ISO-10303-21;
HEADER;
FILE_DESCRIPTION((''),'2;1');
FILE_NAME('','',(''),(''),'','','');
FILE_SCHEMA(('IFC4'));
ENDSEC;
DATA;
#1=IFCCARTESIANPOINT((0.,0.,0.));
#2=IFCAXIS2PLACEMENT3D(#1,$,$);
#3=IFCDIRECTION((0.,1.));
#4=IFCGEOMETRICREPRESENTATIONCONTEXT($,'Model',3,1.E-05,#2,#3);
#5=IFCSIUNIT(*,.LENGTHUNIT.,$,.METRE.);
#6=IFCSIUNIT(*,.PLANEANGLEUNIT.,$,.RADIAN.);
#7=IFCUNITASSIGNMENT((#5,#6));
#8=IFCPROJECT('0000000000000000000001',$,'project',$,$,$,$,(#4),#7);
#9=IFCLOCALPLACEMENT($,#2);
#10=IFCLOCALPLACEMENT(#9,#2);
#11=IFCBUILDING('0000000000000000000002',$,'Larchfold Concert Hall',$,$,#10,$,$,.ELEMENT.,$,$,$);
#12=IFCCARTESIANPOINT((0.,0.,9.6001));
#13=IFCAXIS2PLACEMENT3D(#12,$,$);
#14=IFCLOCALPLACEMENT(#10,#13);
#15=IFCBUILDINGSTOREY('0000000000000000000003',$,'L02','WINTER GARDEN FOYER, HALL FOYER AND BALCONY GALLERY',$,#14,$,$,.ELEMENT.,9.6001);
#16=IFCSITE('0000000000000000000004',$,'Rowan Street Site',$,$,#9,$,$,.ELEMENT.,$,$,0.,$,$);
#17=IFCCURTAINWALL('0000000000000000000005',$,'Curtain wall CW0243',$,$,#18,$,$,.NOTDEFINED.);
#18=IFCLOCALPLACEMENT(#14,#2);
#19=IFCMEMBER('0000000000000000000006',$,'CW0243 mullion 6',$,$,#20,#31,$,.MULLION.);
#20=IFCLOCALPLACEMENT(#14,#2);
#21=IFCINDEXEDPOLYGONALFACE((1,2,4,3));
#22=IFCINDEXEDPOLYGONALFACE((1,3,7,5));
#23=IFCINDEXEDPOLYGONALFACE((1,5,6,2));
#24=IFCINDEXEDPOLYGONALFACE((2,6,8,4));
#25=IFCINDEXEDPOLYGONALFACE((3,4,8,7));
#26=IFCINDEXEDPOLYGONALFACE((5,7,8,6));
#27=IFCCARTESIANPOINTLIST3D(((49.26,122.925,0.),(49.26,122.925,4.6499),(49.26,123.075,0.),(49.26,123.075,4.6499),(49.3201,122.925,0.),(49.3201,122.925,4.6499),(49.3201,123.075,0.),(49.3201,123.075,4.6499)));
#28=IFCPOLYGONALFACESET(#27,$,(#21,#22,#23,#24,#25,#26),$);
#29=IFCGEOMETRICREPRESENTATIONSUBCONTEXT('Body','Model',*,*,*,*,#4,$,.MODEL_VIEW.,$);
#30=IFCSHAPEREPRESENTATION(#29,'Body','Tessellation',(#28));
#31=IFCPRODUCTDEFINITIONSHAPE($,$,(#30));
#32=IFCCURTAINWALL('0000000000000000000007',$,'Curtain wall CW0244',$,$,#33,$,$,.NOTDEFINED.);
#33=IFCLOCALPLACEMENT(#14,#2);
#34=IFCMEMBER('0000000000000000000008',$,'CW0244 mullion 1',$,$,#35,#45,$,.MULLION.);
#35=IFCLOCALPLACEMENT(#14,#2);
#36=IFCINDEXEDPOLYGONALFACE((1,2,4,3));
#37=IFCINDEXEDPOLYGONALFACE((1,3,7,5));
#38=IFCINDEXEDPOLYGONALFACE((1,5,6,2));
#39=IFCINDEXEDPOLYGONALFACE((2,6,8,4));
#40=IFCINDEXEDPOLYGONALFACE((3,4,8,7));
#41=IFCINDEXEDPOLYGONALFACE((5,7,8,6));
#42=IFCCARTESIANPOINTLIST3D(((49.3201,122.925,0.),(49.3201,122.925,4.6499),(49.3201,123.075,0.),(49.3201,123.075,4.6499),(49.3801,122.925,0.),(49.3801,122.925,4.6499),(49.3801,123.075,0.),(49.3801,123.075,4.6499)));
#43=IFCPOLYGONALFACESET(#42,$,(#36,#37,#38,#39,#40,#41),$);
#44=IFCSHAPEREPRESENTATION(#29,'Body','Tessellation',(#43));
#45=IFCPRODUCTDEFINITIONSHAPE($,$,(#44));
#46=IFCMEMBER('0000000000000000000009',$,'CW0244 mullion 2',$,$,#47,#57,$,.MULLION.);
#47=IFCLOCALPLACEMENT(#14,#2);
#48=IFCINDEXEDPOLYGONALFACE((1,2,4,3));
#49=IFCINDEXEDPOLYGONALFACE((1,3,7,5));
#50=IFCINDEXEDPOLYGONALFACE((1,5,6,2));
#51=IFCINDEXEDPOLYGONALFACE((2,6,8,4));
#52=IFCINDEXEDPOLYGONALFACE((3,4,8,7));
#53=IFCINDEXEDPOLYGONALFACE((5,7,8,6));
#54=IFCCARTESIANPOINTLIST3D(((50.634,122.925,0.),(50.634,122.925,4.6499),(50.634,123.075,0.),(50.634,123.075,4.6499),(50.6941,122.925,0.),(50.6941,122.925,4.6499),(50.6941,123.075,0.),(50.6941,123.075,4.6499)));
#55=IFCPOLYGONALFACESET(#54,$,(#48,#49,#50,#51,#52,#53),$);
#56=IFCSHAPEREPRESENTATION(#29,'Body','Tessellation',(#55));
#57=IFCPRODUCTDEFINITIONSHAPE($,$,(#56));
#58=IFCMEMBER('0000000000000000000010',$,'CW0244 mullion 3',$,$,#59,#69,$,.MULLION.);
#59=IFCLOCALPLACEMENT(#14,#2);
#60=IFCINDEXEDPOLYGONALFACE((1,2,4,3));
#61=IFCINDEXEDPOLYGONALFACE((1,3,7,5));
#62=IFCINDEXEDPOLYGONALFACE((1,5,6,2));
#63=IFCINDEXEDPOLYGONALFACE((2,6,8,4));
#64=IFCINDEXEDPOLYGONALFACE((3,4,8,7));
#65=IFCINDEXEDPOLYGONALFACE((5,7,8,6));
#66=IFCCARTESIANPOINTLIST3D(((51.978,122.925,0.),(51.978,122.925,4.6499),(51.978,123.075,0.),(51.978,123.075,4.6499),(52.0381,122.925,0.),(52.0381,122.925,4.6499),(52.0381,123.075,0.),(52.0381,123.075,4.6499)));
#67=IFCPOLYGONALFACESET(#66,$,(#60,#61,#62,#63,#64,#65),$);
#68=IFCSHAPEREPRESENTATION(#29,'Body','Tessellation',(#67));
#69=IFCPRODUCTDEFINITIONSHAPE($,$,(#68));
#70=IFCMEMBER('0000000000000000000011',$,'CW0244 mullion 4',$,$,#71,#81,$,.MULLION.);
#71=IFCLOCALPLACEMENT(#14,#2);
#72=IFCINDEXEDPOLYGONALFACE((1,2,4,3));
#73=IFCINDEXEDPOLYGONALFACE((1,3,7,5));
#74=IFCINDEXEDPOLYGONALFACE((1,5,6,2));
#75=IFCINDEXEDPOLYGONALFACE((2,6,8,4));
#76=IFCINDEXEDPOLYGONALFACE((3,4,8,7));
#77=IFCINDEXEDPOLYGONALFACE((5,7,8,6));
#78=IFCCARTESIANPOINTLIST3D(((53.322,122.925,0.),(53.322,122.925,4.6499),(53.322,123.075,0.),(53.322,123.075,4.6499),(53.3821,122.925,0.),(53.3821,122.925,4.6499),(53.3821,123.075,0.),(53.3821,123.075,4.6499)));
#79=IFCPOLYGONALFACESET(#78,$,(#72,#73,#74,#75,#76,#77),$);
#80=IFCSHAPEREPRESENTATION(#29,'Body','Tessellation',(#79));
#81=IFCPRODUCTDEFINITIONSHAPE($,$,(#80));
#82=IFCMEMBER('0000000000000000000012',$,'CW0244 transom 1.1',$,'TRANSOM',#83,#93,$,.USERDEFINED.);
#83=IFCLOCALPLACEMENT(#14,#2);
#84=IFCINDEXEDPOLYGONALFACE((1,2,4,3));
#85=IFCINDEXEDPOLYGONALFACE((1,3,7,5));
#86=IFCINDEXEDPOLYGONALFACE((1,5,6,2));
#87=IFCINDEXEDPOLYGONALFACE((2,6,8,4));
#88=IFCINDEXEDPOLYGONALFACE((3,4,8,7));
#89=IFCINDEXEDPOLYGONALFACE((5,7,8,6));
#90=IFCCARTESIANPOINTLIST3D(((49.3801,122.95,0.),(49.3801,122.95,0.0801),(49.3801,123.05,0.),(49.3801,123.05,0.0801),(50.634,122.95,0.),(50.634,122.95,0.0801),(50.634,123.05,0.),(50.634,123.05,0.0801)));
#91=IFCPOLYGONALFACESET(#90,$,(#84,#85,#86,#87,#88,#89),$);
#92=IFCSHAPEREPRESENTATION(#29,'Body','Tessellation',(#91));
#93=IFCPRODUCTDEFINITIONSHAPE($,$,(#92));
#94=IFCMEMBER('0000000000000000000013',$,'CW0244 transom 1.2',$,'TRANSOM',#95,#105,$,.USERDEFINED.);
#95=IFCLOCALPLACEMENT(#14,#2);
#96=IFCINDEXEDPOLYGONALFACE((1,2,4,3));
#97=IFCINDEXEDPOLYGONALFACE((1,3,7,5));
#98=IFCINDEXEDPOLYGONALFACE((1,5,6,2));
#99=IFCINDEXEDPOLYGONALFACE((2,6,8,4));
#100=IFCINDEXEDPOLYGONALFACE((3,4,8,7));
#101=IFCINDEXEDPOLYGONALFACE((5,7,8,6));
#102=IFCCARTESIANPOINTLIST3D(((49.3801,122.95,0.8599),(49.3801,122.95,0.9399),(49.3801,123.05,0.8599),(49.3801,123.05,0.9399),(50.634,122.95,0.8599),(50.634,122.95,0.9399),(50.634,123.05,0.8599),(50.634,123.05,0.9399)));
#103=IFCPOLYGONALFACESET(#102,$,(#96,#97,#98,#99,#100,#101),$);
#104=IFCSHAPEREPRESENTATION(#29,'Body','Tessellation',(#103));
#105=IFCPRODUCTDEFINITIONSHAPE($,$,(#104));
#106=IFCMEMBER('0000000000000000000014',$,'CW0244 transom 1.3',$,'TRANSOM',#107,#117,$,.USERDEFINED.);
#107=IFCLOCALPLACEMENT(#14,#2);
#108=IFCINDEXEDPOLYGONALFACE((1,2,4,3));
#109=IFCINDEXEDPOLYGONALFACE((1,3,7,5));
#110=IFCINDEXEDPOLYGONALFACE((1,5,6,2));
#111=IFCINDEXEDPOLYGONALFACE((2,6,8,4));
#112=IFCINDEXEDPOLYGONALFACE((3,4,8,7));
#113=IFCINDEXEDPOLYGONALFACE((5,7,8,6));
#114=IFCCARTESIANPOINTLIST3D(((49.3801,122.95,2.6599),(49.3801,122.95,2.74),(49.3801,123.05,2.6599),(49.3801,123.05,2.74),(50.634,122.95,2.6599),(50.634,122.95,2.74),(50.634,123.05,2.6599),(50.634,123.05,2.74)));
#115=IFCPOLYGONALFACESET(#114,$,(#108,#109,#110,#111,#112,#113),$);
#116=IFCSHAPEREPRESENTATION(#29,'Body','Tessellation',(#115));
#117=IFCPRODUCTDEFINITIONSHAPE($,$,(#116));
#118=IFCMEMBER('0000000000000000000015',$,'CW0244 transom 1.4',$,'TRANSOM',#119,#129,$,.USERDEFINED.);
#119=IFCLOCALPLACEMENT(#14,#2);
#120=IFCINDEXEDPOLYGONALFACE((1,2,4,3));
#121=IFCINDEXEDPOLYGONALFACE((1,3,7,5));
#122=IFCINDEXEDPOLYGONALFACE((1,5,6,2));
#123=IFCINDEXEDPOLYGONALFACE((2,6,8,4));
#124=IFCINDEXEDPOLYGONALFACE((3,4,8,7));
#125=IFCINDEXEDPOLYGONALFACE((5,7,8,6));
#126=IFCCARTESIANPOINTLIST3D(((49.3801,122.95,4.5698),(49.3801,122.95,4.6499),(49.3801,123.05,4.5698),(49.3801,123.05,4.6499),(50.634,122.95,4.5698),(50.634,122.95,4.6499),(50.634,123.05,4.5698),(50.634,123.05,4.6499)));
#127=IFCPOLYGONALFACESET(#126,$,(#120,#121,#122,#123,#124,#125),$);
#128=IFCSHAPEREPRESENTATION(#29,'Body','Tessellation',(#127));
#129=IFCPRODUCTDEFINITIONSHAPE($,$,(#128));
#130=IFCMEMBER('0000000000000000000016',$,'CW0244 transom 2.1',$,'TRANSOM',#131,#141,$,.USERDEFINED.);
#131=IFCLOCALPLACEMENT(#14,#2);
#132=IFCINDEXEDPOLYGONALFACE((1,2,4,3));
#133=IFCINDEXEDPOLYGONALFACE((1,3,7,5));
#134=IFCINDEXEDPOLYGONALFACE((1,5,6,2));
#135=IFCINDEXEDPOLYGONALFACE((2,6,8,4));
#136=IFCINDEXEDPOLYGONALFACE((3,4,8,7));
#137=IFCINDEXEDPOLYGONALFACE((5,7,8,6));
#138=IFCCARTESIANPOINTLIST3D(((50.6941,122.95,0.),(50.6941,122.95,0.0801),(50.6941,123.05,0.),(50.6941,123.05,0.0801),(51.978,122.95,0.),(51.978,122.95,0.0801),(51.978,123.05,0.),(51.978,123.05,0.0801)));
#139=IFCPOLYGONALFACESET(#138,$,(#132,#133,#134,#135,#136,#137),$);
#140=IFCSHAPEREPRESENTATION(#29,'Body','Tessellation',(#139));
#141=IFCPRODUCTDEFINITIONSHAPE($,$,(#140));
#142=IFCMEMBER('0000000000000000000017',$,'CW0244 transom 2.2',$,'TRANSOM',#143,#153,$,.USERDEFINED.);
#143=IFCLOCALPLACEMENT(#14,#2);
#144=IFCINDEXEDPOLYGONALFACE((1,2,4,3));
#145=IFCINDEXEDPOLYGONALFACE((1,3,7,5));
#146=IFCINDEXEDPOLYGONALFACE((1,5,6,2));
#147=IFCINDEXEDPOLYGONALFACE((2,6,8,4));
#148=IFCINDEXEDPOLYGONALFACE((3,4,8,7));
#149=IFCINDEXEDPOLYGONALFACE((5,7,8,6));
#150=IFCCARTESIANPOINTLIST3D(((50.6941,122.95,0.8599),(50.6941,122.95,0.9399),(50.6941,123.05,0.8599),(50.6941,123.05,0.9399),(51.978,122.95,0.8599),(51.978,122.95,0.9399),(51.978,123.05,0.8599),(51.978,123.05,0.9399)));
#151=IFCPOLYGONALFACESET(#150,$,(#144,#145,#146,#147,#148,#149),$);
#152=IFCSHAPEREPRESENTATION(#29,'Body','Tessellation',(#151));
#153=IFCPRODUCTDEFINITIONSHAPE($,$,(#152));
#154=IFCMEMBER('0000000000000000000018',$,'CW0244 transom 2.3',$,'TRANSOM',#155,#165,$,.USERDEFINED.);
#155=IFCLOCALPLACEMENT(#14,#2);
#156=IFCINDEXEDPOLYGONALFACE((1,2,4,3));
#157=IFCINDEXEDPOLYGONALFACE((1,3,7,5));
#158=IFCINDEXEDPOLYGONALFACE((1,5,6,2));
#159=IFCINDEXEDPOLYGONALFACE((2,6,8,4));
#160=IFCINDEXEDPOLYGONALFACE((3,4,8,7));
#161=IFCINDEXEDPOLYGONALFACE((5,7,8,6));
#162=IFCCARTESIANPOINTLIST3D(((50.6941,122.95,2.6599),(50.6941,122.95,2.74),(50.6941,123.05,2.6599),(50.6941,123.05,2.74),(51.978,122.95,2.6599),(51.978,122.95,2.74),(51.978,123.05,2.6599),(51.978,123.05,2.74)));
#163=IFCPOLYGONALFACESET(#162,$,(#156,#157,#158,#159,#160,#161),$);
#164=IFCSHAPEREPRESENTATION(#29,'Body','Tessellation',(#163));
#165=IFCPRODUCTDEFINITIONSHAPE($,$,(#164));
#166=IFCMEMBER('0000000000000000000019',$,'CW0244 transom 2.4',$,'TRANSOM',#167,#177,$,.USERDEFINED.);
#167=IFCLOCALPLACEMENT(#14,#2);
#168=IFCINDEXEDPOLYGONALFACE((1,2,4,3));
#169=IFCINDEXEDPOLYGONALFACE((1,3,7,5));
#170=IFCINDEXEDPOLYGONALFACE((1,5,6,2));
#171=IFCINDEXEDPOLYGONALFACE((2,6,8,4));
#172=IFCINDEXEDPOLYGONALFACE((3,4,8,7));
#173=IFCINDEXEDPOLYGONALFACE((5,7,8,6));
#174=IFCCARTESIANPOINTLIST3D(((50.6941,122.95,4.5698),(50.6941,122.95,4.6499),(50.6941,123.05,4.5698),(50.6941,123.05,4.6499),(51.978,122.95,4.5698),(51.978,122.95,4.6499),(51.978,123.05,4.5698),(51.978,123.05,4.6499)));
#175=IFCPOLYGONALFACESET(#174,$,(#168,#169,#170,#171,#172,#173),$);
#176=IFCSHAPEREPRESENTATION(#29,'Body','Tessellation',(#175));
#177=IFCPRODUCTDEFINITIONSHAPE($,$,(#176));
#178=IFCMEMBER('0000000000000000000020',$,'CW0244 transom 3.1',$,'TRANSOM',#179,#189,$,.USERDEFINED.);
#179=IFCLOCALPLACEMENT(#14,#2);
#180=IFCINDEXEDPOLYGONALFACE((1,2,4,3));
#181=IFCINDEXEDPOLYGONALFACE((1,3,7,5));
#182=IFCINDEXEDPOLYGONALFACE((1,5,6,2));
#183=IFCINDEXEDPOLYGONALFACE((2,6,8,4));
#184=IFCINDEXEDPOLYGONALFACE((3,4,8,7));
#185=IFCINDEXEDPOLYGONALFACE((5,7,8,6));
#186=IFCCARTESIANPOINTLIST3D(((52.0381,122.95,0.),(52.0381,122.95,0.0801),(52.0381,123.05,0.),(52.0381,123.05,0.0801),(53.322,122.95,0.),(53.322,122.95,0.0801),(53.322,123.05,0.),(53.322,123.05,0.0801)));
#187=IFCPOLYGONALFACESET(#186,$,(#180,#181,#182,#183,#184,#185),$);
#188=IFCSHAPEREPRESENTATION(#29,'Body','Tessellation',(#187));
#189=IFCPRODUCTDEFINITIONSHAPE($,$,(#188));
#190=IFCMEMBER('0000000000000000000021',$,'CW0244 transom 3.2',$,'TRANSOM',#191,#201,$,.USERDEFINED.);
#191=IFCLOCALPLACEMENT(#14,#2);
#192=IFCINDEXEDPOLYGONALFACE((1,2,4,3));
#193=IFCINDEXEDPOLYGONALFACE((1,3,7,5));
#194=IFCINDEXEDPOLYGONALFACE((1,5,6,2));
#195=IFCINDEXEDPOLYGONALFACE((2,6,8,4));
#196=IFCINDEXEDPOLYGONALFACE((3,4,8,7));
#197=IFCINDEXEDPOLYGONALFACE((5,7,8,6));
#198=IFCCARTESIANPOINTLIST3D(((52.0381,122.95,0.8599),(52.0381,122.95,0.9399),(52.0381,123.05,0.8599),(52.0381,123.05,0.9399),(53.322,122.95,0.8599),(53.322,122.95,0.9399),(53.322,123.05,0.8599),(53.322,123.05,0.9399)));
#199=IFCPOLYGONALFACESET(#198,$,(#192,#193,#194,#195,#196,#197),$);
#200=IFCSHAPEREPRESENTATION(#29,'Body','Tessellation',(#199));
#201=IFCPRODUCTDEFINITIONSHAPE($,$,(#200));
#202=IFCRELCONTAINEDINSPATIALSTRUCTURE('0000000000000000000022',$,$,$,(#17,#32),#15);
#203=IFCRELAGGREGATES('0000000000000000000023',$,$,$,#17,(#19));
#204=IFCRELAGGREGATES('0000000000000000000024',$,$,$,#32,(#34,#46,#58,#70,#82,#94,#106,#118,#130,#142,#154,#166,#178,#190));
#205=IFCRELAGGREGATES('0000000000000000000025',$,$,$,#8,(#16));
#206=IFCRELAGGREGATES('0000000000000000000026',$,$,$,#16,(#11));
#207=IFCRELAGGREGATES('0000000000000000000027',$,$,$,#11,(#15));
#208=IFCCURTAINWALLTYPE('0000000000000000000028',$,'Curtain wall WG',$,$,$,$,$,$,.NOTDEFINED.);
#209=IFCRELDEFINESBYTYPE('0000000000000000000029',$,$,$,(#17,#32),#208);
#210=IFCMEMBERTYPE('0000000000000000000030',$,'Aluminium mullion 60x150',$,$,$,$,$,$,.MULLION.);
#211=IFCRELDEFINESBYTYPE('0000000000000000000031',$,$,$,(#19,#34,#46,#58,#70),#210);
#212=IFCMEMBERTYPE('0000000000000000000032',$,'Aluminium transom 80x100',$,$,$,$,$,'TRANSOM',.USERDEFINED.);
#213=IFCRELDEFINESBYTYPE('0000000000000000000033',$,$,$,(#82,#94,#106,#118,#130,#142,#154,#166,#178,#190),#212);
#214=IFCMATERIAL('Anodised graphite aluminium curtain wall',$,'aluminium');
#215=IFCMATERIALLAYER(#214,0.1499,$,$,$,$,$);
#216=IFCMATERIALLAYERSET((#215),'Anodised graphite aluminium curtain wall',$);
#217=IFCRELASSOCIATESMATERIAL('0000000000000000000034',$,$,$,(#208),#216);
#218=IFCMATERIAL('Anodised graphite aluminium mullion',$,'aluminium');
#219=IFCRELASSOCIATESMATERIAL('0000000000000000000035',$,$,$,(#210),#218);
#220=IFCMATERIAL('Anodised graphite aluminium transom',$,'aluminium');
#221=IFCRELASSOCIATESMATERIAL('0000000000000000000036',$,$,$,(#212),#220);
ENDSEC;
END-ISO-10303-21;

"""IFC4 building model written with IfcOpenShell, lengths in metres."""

from ifc_helpers import new_model, si_unit, direction, frame, origin, origin_2d, place, context, subcontext, project, spatial, rectangle, extrude, material, layer, layer_set, material_profile, profile_set, type_object, element, aggregate, save


model = new_model("IFC4")

# Units and contexts
model_context = context("Model", 3, precision=1e-05, world=origin(), true_north=direction((0.0, 1.0)))
body_context = subcontext(model_context, "Body", "Model", "MODEL_VIEW")
ifc_project = project(units=[si_unit("LENGTHUNIT", "METRE"), si_unit("PLANEANGLEUNIT", "RADIAN")], contexts=[model_context])

# Site, building, storey
site_placement = place(None, origin())
site = spatial("IfcSite", under=ifc_project, at=site_placement, Name="Rowan Street Site", CompositionType="ELEMENT", RefElevation=0.0)
building_placement = place(site_placement, origin())
building = spatial("IfcBuilding", under=site, at=building_placement, Name="Larchfold Concert Hall", CompositionType="ELEMENT")
storey_placement = place(building_placement, frame((0.0, 0.0, 9.6001)))
storey = spatial("IfcBuildingStorey", under=building, at=storey_placement, Name="L02", Description="WINTER GARDEN FOYER, HALL FOYER AND BALCONY GALLERY", CompositionType="ELEMENT", Elevation=9.6001)

# Curtain wall, member
ifc_material_1 = material(Name="Anodised graphite aluminium curtain wall", Category="aluminium")
ifc_layer_1 = layer(ifc_material_1, 0.1499)
ifc_layer_set_1 = layer_set([ifc_layer_1], Name="Anodised graphite aluminium curtain wall")
curtain_wall_type = type_object("IfcCurtainWallType", Name="Curtain wall WG", PredefinedType="NOTDEFINED", material=ifc_layer_set_1)
curtain_wall_1_placement = place(storey_placement, origin())
curtain_wall_1 = element("IfcCurtainWall", 1, at=curtain_wall_1_placement, inside=storey, type_object=curtain_wall_type, Name="Curtain wall CW0243", PredefinedType="NOTDEFINED")
ifc_material_2 = material(Name="Anodised graphite aluminium mullion", Category="aluminium")
ifc_material_profile_1 = material_profile(ifc_material_2, rectangle(XDim=0.1499, YDim=0.0601, at=origin_2d()))
ifc_profile_set_1 = profile_set([ifc_material_profile_1], Name="Anodised graphite aluminium mullion")
member_type_1 = type_object("IfcMemberType", Name="Aluminium mullion 60x150", PredefinedType="MULLION", material=ifc_profile_set_1)
member_1_placement = place(storey_placement, frame((49.29, 123.0, 0.0), z_axis=(0.0, 0.0, 1.0), x_axis=(0.0, 1.0, 0.0)))
member_1 = element("IfcMember", 2, at=member_1_placement, type_object=member_type_1, Name="CW0243 mullion 6", PredefinedType="MULLION", context=body_context, shape_type="SweptSolid", body=[
    extrude(rectangle(XDim=0.1499, YDim=0.0601, at=origin_2d()), origin(), (0.0, 0.0, 1.0), 4.6499),
])

# Curtain wall, members
curtain_wall_2_placement = place(storey_placement, origin())
curtain_wall_2 = element("IfcCurtainWall", 3, at=curtain_wall_2_placement, inside=storey, type_object=curtain_wall_type, Name="Curtain wall CW0244", PredefinedType="NOTDEFINED")
member_2_placement = place(storey_placement, frame((49.3501, 123.0, 0.0), z_axis=(0.0, 0.0, 1.0), x_axis=(0.0, 1.0, 0.0)))
member_2 = element("IfcMember", 4, at=member_2_placement, type_object=member_type_1, Name="CW0244 mullion 1", PredefinedType="MULLION", context=body_context, shape_type="SweptSolid", body=[
    extrude(rectangle(XDim=0.1499, YDim=0.0601, at=origin_2d()), origin(), (0.0, 0.0, 1.0), 4.6499),
])
member_3_placement = place(storey_placement, frame((50.6641, 123.0, 0.0), z_axis=(0.0, 0.0, 1.0), x_axis=(0.0, 1.0, 0.0)))
member_3 = element("IfcMember", 5, at=member_3_placement, type_object=member_type_1, Name="CW0244 mullion 2", PredefinedType="MULLION", context=body_context, shape_type="SweptSolid", body=[
    extrude(rectangle(XDim=0.1499, YDim=0.0601, at=origin_2d()), origin(), (0.0, 0.0, 1.0), 4.6499),
])
member_4_placement = place(storey_placement, frame((52.0081, 123.0, 0.0), z_axis=(0.0, 0.0, 1.0), x_axis=(0.0, 1.0, 0.0)))
member_4 = element("IfcMember", 6, at=member_4_placement, type_object=member_type_1, Name="CW0244 mullion 3", PredefinedType="MULLION", context=body_context, shape_type="SweptSolid", body=[
    extrude(rectangle(XDim=0.1499, YDim=0.0601, at=origin_2d()), origin(), (0.0, 0.0, 1.0), 4.6499),
])
member_5_placement = place(storey_placement, frame((53.3521, 123.0, 0.0), z_axis=(0.0, 0.0, 1.0), x_axis=(0.0, 1.0, 0.0)))
member_5 = element("IfcMember", 7, at=member_5_placement, type_object=member_type_1, Name="CW0244 mullion 4", PredefinedType="MULLION", context=body_context, shape_type="SweptSolid", body=[
    extrude(rectangle(XDim=0.1499, YDim=0.0601, at=origin_2d()), origin(), (0.0, 0.0, 1.0), 4.6499),
])
ifc_material_3 = material(Name="Anodised graphite aluminium transom", Category="aluminium")
ifc_material_profile_2 = material_profile(ifc_material_3, rectangle(XDim=0.1001, YDim=0.0801, at=origin_2d()))
ifc_profile_set_2 = profile_set([ifc_material_profile_2], Name="Anodised graphite aluminium transom")
member_type_2 = type_object("IfcMemberType", Name="Aluminium transom 80x100", ElementType="TRANSOM", PredefinedType="USERDEFINED", material=ifc_profile_set_2)
member_6_placement = place(storey_placement, frame((49.3801, 123.0, 0.04), z_axis=(1.0, 0.0, 0.0), x_axis=(0.0, 1.0, 0.0)))
member_6 = element("IfcMember", 8, at=member_6_placement, type_object=member_type_2, Name="CW0244 transom 1.1", ObjectType="TRANSOM", PredefinedType="USERDEFINED", context=body_context, shape_type="SweptSolid", body=[
    extrude(rectangle(XDim=0.1001, YDim=0.0801, at=origin_2d()), origin(), (0.0, 0.0, 1.0), 1.2539),
])
member_7_placement = place(storey_placement, frame((49.3801, 123.0, 0.8999), z_axis=(1.0, 0.0, 0.0), x_axis=(0.0, 1.0, 0.0)))
member_7 = element("IfcMember", 9, at=member_7_placement, type_object=member_type_2, Name="CW0244 transom 1.2", ObjectType="TRANSOM", PredefinedType="USERDEFINED", context=body_context, shape_type="SweptSolid", body=[
    extrude(rectangle(XDim=0.1001, YDim=0.0801, at=origin_2d()), origin(), (0.0, 0.0, 1.0), 1.2539),
])
member_8_placement = place(storey_placement, frame((49.3801, 123.0, 2.7), z_axis=(1.0, 0.0, 0.0), x_axis=(0.0, 1.0, 0.0)))
member_8 = element("IfcMember", 10, at=member_8_placement, type_object=member_type_2, Name="CW0244 transom 1.3", ObjectType="TRANSOM", PredefinedType="USERDEFINED", context=body_context, shape_type="SweptSolid", body=[
    extrude(rectangle(XDim=0.1001, YDim=0.0801, at=origin_2d()), origin(), (0.0, 0.0, 1.0), 1.2539),
])
member_9_placement = place(storey_placement, frame((49.3801, 123.0, 4.6099), z_axis=(1.0, 0.0, 0.0), x_axis=(0.0, 1.0, 0.0)))
member_9 = element("IfcMember", 11, at=member_9_placement, type_object=member_type_2, Name="CW0244 transom 1.4", ObjectType="TRANSOM", PredefinedType="USERDEFINED", context=body_context, shape_type="SweptSolid", body=[
    extrude(rectangle(XDim=0.1001, YDim=0.0801, at=origin_2d()), origin(), (0.0, 0.0, 1.0), 1.2539),
])
member_10_placement = place(storey_placement, frame((50.6941, 123.0, 0.04), z_axis=(1.0, 0.0, 0.0), x_axis=(0.0, 1.0, 0.0)))
member_10 = element("IfcMember", 12, at=member_10_placement, type_object=member_type_2, Name="CW0244 transom 2.1", ObjectType="TRANSOM", PredefinedType="USERDEFINED", context=body_context, shape_type="SweptSolid", body=[
    extrude(rectangle(XDim=0.1001, YDim=0.0801, at=origin_2d()), origin(), (0.0, 0.0, 1.0), 1.2839),
])
member_11_placement = place(storey_placement, frame((50.6941, 123.0, 0.8999), z_axis=(1.0, 0.0, 0.0), x_axis=(0.0, 1.0, 0.0)))
member_11 = element("IfcMember", 13, at=member_11_placement, type_object=member_type_2, Name="CW0244 transom 2.2", ObjectType="TRANSOM", PredefinedType="USERDEFINED", context=body_context, shape_type="SweptSolid", body=[
    extrude(rectangle(XDim=0.1001, YDim=0.0801, at=origin_2d()), origin(), (0.0, 0.0, 1.0), 1.2839),
])
member_12_placement = place(storey_placement, frame((50.6941, 123.0, 2.7), z_axis=(1.0, 0.0, 0.0), x_axis=(0.0, 1.0, 0.0)))
member_12 = element("IfcMember", 14, at=member_12_placement, type_object=member_type_2, Name="CW0244 transom 2.3", ObjectType="TRANSOM", PredefinedType="USERDEFINED", context=body_context, shape_type="SweptSolid", body=[
    extrude(rectangle(XDim=0.1001, YDim=0.0801, at=origin_2d()), origin(), (0.0, 0.0, 1.0), 1.2839),
])
member_13_placement = place(storey_placement, frame((50.6941, 123.0, 4.6099), z_axis=(1.0, 0.0, 0.0), x_axis=(0.0, 1.0, 0.0)))
member_13 = element("IfcMember", 15, at=member_13_placement, type_object=member_type_2, Name="CW0244 transom 2.4", ObjectType="TRANSOM", PredefinedType="USERDEFINED", context=body_context, shape_type="SweptSolid", body=[
    extrude(rectangle(XDim=0.1001, YDim=0.0801, at=origin_2d()), origin(), (0.0, 0.0, 1.0), 1.2839),
])
member_14_placement = place(storey_placement, frame((52.0381, 123.0, 0.04), z_axis=(1.0, 0.0, 0.0), x_axis=(0.0, 1.0, 0.0)))
member_14 = element("IfcMember", 16, at=member_14_placement, type_object=member_type_2, Name="CW0244 transom 3.1", ObjectType="TRANSOM", PredefinedType="USERDEFINED", context=body_context, shape_type="SweptSolid", body=[
    extrude(rectangle(XDim=0.1001, YDim=0.0801, at=origin_2d()), origin(), (0.0, 0.0, 1.0), 1.2839),
])
member_15_placement = place(storey_placement, frame((52.0381, 123.0, 0.8999), z_axis=(1.0, 0.0, 0.0), x_axis=(0.0, 1.0, 0.0)))
member_15 = element("IfcMember", 17, at=member_15_placement, type_object=member_type_2, Name="CW0244 transom 3.2", ObjectType="TRANSOM", PredefinedType="USERDEFINED", context=body_context, shape_type="SweptSolid", body=[
    extrude(rectangle(XDim=0.1001, YDim=0.0801, at=origin_2d()), origin(), (0.0, 0.0, 1.0), 1.2839),
])

aggregate(curtain_wall_1, [member_1])
aggregate(curtain_wall_2, [member_2, member_3, member_4, member_5, member_6, member_7, member_8, member_9, member_10, member_11, member_12, member_13, member_14, member_15])

save(model, "model.ifc")
